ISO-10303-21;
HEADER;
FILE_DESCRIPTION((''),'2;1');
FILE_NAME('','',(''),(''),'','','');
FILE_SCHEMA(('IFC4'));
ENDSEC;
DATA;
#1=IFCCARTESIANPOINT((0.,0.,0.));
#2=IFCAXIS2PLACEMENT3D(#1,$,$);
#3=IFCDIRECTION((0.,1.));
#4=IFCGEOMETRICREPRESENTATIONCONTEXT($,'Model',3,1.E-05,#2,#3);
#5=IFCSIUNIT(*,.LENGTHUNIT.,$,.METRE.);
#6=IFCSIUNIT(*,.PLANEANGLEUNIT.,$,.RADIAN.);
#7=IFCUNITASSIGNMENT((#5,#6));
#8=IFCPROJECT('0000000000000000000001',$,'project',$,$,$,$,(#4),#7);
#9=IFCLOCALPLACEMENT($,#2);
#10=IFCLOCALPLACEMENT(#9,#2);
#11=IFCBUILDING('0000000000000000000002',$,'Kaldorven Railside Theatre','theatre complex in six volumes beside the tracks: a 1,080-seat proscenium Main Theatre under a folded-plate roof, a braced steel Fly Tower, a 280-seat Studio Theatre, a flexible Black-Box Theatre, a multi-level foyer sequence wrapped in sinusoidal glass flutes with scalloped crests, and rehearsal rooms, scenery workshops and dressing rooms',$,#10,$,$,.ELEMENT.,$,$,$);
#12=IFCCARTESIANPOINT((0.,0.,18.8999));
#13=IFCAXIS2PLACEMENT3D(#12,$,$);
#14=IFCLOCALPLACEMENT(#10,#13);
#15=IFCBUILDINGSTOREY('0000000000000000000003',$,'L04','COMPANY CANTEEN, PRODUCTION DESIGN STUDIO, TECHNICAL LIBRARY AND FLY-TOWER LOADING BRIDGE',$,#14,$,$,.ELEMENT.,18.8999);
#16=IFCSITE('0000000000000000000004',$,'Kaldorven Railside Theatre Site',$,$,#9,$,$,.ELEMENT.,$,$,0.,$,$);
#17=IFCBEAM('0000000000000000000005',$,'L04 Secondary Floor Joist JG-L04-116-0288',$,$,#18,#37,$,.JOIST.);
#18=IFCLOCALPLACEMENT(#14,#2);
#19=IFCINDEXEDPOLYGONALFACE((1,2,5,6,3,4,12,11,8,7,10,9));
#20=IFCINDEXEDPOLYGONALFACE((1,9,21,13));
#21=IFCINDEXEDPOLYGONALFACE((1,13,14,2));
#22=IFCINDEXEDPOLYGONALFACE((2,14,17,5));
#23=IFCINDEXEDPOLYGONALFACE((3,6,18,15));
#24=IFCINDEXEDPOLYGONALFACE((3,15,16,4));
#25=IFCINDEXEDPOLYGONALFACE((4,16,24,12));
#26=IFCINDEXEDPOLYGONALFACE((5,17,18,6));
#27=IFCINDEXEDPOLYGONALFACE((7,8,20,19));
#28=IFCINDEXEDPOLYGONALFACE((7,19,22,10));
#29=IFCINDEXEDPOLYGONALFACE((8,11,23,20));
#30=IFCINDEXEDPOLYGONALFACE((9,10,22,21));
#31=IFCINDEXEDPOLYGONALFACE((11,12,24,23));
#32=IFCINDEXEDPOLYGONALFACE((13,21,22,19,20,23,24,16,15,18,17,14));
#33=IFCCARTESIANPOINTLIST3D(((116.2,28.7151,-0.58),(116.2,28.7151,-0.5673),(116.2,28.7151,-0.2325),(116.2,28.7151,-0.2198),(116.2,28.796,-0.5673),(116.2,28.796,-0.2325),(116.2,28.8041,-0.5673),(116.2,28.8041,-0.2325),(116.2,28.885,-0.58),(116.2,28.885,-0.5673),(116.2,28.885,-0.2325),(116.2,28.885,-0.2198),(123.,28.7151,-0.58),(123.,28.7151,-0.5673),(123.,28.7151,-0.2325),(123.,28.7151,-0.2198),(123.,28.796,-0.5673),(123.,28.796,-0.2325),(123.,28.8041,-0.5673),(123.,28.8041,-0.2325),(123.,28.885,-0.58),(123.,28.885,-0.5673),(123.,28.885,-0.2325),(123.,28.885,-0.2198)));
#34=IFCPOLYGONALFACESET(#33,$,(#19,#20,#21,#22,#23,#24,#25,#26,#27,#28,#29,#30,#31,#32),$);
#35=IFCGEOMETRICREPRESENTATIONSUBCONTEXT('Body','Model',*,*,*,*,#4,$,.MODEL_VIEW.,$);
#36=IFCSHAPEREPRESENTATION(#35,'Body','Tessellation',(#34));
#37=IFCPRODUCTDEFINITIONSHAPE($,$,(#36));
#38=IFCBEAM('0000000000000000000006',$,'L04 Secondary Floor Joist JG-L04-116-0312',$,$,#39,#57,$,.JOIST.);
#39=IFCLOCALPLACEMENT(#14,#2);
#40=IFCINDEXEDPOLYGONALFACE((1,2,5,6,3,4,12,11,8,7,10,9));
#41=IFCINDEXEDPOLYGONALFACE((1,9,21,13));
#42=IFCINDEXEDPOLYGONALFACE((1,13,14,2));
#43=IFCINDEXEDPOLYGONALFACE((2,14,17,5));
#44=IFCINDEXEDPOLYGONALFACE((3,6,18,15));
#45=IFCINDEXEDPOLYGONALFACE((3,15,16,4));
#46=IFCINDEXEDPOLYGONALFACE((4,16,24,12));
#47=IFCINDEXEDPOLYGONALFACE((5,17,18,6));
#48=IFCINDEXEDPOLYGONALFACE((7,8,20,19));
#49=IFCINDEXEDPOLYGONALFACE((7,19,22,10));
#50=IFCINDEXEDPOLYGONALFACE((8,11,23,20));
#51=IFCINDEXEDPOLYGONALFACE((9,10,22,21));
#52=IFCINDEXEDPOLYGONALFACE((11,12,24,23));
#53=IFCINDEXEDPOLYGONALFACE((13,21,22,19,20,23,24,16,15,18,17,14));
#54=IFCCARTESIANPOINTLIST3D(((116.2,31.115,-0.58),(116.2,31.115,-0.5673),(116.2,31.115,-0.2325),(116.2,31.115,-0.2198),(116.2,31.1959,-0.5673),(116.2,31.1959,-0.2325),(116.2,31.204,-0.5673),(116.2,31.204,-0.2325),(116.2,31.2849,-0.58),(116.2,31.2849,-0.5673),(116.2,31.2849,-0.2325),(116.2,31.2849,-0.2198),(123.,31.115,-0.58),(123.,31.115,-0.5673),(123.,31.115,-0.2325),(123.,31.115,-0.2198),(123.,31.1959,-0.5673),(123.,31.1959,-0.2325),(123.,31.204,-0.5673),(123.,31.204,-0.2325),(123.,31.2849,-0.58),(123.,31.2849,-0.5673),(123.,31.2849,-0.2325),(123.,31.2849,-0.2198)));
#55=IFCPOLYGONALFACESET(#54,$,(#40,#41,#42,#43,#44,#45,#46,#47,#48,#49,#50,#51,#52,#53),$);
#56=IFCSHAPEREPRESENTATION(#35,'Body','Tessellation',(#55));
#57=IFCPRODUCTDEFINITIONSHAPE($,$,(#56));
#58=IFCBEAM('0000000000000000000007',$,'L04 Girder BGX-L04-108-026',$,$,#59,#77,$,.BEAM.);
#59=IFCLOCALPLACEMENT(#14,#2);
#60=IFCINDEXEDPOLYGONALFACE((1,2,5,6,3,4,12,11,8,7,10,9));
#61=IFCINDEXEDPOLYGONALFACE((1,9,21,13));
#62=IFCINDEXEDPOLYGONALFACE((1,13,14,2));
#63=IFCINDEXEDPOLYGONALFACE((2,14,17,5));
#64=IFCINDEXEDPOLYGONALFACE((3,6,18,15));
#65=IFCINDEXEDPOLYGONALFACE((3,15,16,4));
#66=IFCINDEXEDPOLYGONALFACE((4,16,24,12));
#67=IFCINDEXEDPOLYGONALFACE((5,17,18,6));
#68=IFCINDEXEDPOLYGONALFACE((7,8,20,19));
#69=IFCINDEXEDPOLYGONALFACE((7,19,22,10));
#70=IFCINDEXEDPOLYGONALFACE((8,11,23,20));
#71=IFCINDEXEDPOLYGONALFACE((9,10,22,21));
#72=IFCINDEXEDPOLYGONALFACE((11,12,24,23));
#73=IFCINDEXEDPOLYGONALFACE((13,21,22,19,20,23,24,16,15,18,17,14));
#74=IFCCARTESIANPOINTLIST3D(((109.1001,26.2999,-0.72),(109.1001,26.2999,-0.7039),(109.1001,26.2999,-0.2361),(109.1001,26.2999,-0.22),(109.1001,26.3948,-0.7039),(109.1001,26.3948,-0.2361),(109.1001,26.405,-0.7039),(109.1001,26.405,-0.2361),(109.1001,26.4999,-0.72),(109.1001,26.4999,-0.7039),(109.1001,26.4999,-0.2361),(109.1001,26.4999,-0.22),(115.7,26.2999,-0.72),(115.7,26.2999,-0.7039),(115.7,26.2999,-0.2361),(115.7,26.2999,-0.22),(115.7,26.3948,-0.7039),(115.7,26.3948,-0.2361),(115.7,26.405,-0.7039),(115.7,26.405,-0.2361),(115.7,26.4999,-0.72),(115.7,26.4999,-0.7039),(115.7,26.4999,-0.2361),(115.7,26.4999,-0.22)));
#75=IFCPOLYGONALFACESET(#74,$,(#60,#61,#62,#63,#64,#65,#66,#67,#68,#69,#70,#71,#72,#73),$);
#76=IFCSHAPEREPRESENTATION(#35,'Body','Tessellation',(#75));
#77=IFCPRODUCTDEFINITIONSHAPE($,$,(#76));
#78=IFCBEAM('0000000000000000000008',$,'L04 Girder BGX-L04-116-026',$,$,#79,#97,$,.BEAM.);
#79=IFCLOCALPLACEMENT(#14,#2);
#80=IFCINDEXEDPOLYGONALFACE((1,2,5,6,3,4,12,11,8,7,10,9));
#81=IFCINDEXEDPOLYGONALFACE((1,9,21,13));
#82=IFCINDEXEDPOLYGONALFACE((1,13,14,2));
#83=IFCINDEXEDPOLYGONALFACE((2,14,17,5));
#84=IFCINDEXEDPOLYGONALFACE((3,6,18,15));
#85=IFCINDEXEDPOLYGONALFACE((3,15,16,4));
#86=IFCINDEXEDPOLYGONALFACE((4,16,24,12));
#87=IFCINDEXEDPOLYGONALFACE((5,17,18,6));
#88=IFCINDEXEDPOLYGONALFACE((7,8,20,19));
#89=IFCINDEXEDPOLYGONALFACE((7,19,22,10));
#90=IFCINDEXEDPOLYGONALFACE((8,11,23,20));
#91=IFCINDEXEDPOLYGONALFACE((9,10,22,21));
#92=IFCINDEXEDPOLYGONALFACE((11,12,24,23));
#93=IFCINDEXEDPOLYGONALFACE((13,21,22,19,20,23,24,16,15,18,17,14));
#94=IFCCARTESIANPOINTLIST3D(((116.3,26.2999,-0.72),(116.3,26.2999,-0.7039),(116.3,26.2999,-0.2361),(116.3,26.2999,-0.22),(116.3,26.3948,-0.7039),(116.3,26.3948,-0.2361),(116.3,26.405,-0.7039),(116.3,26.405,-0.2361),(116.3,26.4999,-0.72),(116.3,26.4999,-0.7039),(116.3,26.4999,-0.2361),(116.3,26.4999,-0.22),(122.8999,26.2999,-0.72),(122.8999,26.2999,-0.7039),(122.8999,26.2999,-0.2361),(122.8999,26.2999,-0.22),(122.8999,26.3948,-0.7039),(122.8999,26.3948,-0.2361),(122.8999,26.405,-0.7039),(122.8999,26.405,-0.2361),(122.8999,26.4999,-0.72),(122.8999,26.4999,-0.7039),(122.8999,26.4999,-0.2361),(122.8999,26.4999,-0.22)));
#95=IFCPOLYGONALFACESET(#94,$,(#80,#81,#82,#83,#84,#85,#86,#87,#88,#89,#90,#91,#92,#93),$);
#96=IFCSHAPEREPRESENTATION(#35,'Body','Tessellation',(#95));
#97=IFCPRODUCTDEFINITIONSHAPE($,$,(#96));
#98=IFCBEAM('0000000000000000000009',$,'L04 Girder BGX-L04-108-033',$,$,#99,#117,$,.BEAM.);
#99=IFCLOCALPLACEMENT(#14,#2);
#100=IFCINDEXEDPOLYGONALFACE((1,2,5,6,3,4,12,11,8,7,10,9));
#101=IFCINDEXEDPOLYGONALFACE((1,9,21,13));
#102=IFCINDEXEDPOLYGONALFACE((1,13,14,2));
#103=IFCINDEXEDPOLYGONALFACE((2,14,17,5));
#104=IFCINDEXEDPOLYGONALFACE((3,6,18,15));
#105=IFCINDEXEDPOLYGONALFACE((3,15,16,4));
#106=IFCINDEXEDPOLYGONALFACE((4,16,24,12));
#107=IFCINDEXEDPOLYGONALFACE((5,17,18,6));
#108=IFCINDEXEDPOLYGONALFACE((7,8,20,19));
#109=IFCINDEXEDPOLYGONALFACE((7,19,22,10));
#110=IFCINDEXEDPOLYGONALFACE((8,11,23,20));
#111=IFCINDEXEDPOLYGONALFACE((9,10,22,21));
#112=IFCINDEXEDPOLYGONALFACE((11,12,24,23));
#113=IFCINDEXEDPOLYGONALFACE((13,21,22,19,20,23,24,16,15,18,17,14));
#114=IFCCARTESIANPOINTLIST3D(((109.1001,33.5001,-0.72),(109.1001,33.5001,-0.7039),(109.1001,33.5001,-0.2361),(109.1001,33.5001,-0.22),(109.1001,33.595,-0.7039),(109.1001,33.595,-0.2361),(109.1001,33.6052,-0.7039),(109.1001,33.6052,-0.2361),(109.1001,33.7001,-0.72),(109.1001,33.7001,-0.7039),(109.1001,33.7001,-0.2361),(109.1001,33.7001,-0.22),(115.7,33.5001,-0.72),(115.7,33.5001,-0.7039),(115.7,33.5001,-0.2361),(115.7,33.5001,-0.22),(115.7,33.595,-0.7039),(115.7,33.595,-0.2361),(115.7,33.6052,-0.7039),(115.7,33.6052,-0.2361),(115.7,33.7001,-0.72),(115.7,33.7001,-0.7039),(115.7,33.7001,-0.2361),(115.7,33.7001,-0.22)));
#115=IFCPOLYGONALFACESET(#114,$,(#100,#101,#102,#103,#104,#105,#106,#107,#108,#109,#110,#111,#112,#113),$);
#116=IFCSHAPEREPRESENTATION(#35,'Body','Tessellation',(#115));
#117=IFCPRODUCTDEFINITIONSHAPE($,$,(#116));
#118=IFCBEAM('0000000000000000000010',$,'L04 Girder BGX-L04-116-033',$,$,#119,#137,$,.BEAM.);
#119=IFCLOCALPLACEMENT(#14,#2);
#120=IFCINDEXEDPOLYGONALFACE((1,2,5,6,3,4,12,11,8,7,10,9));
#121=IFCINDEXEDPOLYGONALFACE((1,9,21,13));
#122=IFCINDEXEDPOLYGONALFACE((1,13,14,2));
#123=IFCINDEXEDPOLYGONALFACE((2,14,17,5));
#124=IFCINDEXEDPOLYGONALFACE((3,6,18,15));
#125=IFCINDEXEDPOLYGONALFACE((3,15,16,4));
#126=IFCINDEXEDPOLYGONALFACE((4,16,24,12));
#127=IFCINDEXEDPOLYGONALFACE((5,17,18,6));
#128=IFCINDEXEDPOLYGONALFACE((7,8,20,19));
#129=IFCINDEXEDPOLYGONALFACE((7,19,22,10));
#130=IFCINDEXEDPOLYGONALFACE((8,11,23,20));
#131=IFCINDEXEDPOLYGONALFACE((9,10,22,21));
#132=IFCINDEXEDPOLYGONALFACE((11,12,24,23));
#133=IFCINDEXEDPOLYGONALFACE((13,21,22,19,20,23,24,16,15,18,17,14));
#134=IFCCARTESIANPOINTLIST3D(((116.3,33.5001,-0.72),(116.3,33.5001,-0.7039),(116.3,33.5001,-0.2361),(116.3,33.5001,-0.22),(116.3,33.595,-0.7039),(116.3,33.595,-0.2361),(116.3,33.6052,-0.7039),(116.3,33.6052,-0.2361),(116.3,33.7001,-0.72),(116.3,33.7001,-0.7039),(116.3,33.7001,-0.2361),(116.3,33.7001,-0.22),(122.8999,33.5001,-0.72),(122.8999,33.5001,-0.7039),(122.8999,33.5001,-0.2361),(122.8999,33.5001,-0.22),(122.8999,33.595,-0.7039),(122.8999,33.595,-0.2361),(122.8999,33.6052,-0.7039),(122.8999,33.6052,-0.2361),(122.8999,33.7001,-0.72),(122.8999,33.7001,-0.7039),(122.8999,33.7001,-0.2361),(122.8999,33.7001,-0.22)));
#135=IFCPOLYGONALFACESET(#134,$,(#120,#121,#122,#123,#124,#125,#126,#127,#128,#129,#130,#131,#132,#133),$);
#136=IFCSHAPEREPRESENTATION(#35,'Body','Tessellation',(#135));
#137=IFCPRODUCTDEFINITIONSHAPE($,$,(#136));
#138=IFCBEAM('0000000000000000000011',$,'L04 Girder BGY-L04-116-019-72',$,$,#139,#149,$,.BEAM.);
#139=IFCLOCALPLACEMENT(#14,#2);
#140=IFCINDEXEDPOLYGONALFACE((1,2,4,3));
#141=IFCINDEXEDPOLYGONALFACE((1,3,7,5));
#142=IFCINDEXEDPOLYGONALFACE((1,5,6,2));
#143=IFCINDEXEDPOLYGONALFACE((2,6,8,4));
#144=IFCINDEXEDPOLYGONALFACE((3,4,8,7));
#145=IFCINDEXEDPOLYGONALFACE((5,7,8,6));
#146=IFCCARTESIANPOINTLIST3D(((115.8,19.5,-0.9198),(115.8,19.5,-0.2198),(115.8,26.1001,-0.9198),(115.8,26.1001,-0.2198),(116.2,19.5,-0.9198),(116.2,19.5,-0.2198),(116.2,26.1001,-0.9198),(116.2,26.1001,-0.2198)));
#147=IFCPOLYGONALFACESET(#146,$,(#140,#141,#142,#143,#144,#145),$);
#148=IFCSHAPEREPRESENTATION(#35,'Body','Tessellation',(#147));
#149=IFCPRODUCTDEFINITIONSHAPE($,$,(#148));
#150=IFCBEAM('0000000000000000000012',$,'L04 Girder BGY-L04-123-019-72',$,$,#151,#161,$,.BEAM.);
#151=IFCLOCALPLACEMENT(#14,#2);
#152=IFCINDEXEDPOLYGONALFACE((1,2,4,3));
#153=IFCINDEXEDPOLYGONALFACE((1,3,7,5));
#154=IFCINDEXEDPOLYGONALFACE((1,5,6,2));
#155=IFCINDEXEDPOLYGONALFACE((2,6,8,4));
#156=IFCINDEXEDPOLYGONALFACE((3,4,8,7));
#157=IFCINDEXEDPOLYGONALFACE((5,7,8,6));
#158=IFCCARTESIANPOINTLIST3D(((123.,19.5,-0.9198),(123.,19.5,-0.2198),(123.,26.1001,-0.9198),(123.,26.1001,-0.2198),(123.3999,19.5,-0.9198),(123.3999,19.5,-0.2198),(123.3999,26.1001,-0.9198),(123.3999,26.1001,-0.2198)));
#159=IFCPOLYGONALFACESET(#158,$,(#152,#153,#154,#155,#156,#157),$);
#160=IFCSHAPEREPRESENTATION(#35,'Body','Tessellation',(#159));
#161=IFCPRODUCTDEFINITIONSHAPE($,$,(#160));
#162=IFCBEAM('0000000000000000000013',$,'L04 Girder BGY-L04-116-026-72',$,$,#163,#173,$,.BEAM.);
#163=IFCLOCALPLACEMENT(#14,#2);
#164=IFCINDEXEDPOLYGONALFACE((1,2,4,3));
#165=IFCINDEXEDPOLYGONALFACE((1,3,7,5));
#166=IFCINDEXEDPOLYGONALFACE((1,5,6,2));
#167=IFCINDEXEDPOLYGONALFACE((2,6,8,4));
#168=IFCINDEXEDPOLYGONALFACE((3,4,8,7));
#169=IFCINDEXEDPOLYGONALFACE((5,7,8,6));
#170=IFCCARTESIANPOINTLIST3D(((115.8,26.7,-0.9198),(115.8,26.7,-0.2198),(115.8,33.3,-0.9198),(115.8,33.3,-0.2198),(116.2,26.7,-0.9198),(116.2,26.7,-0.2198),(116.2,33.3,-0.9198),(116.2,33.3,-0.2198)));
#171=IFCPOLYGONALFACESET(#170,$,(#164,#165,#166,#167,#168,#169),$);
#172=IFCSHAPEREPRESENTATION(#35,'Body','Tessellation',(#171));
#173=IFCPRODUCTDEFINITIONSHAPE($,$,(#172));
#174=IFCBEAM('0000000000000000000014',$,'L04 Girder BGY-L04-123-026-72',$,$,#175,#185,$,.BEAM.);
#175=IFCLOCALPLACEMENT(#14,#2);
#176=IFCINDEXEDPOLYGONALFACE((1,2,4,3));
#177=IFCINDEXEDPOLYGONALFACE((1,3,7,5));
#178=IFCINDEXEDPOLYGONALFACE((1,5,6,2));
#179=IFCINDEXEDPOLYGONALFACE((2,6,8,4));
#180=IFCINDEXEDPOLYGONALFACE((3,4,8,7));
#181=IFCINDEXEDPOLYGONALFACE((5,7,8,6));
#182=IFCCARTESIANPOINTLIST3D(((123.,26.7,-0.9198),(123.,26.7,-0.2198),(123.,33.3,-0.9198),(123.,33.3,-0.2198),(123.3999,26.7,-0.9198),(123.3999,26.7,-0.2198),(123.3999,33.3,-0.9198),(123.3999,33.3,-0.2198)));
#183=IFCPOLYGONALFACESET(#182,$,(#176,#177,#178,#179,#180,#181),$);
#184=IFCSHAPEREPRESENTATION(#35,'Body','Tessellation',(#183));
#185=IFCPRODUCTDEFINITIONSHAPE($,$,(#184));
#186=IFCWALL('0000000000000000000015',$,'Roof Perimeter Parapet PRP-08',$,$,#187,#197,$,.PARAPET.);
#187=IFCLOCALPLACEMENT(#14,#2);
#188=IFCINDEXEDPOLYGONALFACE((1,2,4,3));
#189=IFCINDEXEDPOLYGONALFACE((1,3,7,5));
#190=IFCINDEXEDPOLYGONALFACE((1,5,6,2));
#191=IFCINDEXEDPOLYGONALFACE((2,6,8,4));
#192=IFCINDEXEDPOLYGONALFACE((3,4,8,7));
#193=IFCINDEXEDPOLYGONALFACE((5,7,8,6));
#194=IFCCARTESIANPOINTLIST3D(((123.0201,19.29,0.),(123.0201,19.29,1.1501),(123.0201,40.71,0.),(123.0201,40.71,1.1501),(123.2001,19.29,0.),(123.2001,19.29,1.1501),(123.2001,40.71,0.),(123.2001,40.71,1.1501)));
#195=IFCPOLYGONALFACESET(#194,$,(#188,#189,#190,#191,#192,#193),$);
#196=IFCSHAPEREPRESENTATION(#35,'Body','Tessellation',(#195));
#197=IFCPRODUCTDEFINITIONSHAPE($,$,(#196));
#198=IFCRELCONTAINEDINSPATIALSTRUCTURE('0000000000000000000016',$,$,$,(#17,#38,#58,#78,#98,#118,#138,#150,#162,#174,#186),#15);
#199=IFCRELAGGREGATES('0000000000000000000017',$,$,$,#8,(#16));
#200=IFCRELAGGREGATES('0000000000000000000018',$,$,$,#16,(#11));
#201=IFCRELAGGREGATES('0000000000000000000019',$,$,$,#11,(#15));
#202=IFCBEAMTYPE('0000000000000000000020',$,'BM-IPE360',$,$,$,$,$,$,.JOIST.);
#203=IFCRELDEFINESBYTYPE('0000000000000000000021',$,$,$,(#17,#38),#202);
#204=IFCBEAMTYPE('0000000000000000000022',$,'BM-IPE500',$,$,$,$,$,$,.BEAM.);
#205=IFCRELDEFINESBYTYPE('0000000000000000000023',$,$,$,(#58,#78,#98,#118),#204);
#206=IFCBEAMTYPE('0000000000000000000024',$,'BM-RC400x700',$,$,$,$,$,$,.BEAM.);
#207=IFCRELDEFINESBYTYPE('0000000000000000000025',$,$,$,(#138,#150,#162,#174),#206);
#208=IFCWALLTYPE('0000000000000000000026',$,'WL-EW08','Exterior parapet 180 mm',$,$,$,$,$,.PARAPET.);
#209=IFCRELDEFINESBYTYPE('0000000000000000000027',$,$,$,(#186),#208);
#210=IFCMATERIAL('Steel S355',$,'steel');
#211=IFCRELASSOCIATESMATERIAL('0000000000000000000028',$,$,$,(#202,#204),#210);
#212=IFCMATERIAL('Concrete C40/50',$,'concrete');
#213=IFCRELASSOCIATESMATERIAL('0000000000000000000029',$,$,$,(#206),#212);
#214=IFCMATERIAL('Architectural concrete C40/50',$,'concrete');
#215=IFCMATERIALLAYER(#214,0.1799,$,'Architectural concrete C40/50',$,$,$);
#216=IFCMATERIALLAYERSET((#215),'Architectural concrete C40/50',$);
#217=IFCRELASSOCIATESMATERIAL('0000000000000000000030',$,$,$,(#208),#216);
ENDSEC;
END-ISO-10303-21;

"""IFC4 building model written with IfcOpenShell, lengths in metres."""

from ifc_helpers import new_model, si_unit, direction, frame, frame_2d, origin, origin_2d, place, context, subcontext, project, spatial, rectangle, i_section, extrude, material, layer, layer_set, material_profile, profile_set, type_object, element, save


model = new_model("IFC4")

# Units and contexts
model_context = context("Model", 3, precision=1e-05, world=origin(), true_north=direction((0.0, 1.0)))
body_context = subcontext(model_context, "Body", "Model", "MODEL_VIEW")
ifc_project = project(units=[si_unit("LENGTHUNIT", "METRE"), si_unit("PLANEANGLEUNIT", "RADIAN")], contexts=[model_context])

# Site, building, storey
site_placement = place(None, origin())
site = spatial("IfcSite", under=ifc_project, at=site_placement, Name="Kaldorven Railside Theatre Site", CompositionType="ELEMENT", RefElevation=0.0)
building_placement = place(site_placement, origin())
building = spatial("IfcBuilding", under=site, at=building_placement, Name="Kaldorven Railside Theatre", Description="theatre complex in six volumes beside the tracks: a 1,080-seat proscenium Main Theatre under a folded-plate roof, a braced steel Fly Tower, a 280-seat Studio Theatre, a flexible Black-Box Theatre, a multi-level foyer sequence wrapped in sinusoidal glass flutes with scalloped crests, and rehearsal rooms, scenery workshops and dressing rooms", CompositionType="ELEMENT")
storey_placement = place(building_placement, frame((0.0, 0.0, 18.8999)))
storey = spatial("IfcBuildingStorey", under=building, at=storey_placement, Name="L04", Description="COMPANY CANTEEN, PRODUCTION DESIGN STUDIO, TECHNICAL LIBRARY AND FLY-TOWER LOADING BRIDGE", CompositionType="ELEMENT", Elevation=18.8999)

# Beams
ifc_material_1 = material(Name="Steel S355", Category="steel")
ifc_material_profile_1 = material_profile(ifc_material_1, i_section(OverallWidth=0.1699, OverallDepth=0.3601, WebThickness=0.0081, FlangeThickness=0.0127, at=origin_2d()), Name="IPE 360")
ifc_profile_set_1 = profile_set([ifc_material_profile_1], Name="Steel S355")
beam_type_1 = type_object("IfcBeamType", Name="BM-IPE360", PredefinedType="JOIST", material=ifc_profile_set_1)
for number, where, z_axis, x_axis, name in (
    (1, (116.2, 28.8, -0.3999), (1.0, 0.0, 0.0), (0.0, 1.0, 0.0), "L04 Secondary Floor Joist JG-L04-116-0288"),
    (2, (116.2, 31.2, -0.3999), (1.0, 0.0, 0.0), (0.0, 1.0, 0.0), "L04 Secondary Floor Joist JG-L04-116-0312"),
):
    element("IfcBeam", number, at=place(storey_placement, frame(where, z_axis=z_axis, x_axis=x_axis)), inside=storey, type_object=beam_type_1, Name=name, PredefinedType="JOIST", context=body_context, shape_type="SweptSolid", body=[
        extrude(i_section(OverallWidth=0.1699, OverallDepth=0.3601, WebThickness=0.0081, FlangeThickness=0.0127, at=origin_2d()), origin(), (0.0, 0.0, 1.0), 6.8),
    ])
ifc_material_profile_2 = material_profile(ifc_material_1, i_section(OverallWidth=0.2, OverallDepth=0.5, WebThickness=0.0103, FlangeThickness=0.0161, at=origin_2d()), Name="IPE 500")
ifc_profile_set_2 = profile_set([ifc_material_profile_2], Name="Steel S355")
beam_type_2 = type_object("IfcBeamType", Name="BM-IPE500", PredefinedType="BEAM", material=ifc_profile_set_2)
for number, where, z_axis, x_axis, name in (
    (3, (109.1001, 26.3999, -0.47), (1.0, 0.0, 0.0), (0.0, 1.0, 0.0), "L04 Girder BGX-L04-108-026"),
    (4, (116.3, 26.3999, -0.47), (1.0, 0.0, 0.0), (0.0, 1.0, 0.0), "L04 Girder BGX-L04-116-026"),
    (5, (109.1001, 33.6001, -0.47), (1.0, 0.0, 0.0), (0.0, 1.0, 0.0), "L04 Girder BGX-L04-108-033"),
    (6, (116.3, 33.6001, -0.47), (1.0, 0.0, 0.0), (0.0, 1.0, 0.0), "L04 Girder BGX-L04-116-033"),
):
    element("IfcBeam", number, at=place(storey_placement, frame(where, z_axis=z_axis, x_axis=x_axis)), inside=storey, type_object=beam_type_2, Name=name, PredefinedType="BEAM", context=body_context, shape_type="SweptSolid", body=[
        extrude(i_section(OverallWidth=0.2, OverallDepth=0.5, WebThickness=0.0103, FlangeThickness=0.0161, at=origin_2d()), origin(), (0.0, 0.0, 1.0), 6.5999),
    ])
ifc_material_2 = material(Name="Concrete C40/50", Category="concrete")
ifc_material_profile_3 = material_profile(ifc_material_2, rectangle(XDim=0.3999, YDim=0.7, at=origin_2d()), Name="RC 400x700")
ifc_profile_set_3 = profile_set([ifc_material_profile_3], Name="Concrete C40/50")
beam_type_3 = type_object("IfcBeamType", Name="BM-RC400x700", PredefinedType="BEAM", material=ifc_profile_set_3)
for number, where, z_axis, x_axis, name in (
    (7, (116.0, 19.5, -0.5698), (0.0, 1.0, 0.0), (-1.0, 0.0, 0.0), "L04 Girder BGY-L04-116-019-72"),
    (8, (123.2, 19.5, -0.5698), (0.0, 1.0, 0.0), (-1.0, 0.0, 0.0), "L04 Girder BGY-L04-123-019-72"),
    (9, (116.0, 26.7, -0.5698), (0.0, 1.0, 0.0), (-1.0, 0.0, 0.0), "L04 Girder BGY-L04-116-026-72"),
    (10, (123.2, 26.7, -0.5698), (0.0, 1.0, 0.0), (-1.0, 0.0, 0.0), "L04 Girder BGY-L04-123-026-72"),
):
    element("IfcBeam", number, at=place(storey_placement, frame(where, z_axis=z_axis, x_axis=x_axis)), inside=storey, type_object=beam_type_3, Name=name, PredefinedType="BEAM", context=body_context, shape_type="SweptSolid", body=[
        extrude(rectangle(XDim=0.3999, YDim=0.7, at=origin_2d()), origin(), (0.0, 0.0, 1.0), 6.6001),
    ])

# Wall
ifc_material_3 = material(Name="Architectural concrete C40/50", Category="concrete")
ifc_layer = layer(ifc_material_3, 0.1799, Name="Architectural concrete C40/50")
ifc_layer_set = layer_set([ifc_layer], Name="Architectural concrete C40/50")
wall_type = type_object("IfcWallType", Name="WL-EW08", Description="Exterior parapet 180 mm", PredefinedType="PARAPET", material=ifc_layer_set)
wall_placement = place(storey_placement, frame((123.1101, 19.29, 0.0), z_axis=(0.0, 0.0, 1.0), x_axis=(0.0, 1.0, 0.0)))
element("IfcWall", 11, at=wall_placement, inside=storey, type_object=wall_type, Name="Roof Perimeter Parapet PRP-08", PredefinedType="PARAPET", context=body_context, shape_type="SweptSolid", body=[
    extrude(rectangle(XDim=21.4199, YDim=0.1799, at=frame_2d((10.71, 0.0))), origin(), (0.0, 0.0, 1.0), 1.1501),
])

save(model, "model.ifc")
